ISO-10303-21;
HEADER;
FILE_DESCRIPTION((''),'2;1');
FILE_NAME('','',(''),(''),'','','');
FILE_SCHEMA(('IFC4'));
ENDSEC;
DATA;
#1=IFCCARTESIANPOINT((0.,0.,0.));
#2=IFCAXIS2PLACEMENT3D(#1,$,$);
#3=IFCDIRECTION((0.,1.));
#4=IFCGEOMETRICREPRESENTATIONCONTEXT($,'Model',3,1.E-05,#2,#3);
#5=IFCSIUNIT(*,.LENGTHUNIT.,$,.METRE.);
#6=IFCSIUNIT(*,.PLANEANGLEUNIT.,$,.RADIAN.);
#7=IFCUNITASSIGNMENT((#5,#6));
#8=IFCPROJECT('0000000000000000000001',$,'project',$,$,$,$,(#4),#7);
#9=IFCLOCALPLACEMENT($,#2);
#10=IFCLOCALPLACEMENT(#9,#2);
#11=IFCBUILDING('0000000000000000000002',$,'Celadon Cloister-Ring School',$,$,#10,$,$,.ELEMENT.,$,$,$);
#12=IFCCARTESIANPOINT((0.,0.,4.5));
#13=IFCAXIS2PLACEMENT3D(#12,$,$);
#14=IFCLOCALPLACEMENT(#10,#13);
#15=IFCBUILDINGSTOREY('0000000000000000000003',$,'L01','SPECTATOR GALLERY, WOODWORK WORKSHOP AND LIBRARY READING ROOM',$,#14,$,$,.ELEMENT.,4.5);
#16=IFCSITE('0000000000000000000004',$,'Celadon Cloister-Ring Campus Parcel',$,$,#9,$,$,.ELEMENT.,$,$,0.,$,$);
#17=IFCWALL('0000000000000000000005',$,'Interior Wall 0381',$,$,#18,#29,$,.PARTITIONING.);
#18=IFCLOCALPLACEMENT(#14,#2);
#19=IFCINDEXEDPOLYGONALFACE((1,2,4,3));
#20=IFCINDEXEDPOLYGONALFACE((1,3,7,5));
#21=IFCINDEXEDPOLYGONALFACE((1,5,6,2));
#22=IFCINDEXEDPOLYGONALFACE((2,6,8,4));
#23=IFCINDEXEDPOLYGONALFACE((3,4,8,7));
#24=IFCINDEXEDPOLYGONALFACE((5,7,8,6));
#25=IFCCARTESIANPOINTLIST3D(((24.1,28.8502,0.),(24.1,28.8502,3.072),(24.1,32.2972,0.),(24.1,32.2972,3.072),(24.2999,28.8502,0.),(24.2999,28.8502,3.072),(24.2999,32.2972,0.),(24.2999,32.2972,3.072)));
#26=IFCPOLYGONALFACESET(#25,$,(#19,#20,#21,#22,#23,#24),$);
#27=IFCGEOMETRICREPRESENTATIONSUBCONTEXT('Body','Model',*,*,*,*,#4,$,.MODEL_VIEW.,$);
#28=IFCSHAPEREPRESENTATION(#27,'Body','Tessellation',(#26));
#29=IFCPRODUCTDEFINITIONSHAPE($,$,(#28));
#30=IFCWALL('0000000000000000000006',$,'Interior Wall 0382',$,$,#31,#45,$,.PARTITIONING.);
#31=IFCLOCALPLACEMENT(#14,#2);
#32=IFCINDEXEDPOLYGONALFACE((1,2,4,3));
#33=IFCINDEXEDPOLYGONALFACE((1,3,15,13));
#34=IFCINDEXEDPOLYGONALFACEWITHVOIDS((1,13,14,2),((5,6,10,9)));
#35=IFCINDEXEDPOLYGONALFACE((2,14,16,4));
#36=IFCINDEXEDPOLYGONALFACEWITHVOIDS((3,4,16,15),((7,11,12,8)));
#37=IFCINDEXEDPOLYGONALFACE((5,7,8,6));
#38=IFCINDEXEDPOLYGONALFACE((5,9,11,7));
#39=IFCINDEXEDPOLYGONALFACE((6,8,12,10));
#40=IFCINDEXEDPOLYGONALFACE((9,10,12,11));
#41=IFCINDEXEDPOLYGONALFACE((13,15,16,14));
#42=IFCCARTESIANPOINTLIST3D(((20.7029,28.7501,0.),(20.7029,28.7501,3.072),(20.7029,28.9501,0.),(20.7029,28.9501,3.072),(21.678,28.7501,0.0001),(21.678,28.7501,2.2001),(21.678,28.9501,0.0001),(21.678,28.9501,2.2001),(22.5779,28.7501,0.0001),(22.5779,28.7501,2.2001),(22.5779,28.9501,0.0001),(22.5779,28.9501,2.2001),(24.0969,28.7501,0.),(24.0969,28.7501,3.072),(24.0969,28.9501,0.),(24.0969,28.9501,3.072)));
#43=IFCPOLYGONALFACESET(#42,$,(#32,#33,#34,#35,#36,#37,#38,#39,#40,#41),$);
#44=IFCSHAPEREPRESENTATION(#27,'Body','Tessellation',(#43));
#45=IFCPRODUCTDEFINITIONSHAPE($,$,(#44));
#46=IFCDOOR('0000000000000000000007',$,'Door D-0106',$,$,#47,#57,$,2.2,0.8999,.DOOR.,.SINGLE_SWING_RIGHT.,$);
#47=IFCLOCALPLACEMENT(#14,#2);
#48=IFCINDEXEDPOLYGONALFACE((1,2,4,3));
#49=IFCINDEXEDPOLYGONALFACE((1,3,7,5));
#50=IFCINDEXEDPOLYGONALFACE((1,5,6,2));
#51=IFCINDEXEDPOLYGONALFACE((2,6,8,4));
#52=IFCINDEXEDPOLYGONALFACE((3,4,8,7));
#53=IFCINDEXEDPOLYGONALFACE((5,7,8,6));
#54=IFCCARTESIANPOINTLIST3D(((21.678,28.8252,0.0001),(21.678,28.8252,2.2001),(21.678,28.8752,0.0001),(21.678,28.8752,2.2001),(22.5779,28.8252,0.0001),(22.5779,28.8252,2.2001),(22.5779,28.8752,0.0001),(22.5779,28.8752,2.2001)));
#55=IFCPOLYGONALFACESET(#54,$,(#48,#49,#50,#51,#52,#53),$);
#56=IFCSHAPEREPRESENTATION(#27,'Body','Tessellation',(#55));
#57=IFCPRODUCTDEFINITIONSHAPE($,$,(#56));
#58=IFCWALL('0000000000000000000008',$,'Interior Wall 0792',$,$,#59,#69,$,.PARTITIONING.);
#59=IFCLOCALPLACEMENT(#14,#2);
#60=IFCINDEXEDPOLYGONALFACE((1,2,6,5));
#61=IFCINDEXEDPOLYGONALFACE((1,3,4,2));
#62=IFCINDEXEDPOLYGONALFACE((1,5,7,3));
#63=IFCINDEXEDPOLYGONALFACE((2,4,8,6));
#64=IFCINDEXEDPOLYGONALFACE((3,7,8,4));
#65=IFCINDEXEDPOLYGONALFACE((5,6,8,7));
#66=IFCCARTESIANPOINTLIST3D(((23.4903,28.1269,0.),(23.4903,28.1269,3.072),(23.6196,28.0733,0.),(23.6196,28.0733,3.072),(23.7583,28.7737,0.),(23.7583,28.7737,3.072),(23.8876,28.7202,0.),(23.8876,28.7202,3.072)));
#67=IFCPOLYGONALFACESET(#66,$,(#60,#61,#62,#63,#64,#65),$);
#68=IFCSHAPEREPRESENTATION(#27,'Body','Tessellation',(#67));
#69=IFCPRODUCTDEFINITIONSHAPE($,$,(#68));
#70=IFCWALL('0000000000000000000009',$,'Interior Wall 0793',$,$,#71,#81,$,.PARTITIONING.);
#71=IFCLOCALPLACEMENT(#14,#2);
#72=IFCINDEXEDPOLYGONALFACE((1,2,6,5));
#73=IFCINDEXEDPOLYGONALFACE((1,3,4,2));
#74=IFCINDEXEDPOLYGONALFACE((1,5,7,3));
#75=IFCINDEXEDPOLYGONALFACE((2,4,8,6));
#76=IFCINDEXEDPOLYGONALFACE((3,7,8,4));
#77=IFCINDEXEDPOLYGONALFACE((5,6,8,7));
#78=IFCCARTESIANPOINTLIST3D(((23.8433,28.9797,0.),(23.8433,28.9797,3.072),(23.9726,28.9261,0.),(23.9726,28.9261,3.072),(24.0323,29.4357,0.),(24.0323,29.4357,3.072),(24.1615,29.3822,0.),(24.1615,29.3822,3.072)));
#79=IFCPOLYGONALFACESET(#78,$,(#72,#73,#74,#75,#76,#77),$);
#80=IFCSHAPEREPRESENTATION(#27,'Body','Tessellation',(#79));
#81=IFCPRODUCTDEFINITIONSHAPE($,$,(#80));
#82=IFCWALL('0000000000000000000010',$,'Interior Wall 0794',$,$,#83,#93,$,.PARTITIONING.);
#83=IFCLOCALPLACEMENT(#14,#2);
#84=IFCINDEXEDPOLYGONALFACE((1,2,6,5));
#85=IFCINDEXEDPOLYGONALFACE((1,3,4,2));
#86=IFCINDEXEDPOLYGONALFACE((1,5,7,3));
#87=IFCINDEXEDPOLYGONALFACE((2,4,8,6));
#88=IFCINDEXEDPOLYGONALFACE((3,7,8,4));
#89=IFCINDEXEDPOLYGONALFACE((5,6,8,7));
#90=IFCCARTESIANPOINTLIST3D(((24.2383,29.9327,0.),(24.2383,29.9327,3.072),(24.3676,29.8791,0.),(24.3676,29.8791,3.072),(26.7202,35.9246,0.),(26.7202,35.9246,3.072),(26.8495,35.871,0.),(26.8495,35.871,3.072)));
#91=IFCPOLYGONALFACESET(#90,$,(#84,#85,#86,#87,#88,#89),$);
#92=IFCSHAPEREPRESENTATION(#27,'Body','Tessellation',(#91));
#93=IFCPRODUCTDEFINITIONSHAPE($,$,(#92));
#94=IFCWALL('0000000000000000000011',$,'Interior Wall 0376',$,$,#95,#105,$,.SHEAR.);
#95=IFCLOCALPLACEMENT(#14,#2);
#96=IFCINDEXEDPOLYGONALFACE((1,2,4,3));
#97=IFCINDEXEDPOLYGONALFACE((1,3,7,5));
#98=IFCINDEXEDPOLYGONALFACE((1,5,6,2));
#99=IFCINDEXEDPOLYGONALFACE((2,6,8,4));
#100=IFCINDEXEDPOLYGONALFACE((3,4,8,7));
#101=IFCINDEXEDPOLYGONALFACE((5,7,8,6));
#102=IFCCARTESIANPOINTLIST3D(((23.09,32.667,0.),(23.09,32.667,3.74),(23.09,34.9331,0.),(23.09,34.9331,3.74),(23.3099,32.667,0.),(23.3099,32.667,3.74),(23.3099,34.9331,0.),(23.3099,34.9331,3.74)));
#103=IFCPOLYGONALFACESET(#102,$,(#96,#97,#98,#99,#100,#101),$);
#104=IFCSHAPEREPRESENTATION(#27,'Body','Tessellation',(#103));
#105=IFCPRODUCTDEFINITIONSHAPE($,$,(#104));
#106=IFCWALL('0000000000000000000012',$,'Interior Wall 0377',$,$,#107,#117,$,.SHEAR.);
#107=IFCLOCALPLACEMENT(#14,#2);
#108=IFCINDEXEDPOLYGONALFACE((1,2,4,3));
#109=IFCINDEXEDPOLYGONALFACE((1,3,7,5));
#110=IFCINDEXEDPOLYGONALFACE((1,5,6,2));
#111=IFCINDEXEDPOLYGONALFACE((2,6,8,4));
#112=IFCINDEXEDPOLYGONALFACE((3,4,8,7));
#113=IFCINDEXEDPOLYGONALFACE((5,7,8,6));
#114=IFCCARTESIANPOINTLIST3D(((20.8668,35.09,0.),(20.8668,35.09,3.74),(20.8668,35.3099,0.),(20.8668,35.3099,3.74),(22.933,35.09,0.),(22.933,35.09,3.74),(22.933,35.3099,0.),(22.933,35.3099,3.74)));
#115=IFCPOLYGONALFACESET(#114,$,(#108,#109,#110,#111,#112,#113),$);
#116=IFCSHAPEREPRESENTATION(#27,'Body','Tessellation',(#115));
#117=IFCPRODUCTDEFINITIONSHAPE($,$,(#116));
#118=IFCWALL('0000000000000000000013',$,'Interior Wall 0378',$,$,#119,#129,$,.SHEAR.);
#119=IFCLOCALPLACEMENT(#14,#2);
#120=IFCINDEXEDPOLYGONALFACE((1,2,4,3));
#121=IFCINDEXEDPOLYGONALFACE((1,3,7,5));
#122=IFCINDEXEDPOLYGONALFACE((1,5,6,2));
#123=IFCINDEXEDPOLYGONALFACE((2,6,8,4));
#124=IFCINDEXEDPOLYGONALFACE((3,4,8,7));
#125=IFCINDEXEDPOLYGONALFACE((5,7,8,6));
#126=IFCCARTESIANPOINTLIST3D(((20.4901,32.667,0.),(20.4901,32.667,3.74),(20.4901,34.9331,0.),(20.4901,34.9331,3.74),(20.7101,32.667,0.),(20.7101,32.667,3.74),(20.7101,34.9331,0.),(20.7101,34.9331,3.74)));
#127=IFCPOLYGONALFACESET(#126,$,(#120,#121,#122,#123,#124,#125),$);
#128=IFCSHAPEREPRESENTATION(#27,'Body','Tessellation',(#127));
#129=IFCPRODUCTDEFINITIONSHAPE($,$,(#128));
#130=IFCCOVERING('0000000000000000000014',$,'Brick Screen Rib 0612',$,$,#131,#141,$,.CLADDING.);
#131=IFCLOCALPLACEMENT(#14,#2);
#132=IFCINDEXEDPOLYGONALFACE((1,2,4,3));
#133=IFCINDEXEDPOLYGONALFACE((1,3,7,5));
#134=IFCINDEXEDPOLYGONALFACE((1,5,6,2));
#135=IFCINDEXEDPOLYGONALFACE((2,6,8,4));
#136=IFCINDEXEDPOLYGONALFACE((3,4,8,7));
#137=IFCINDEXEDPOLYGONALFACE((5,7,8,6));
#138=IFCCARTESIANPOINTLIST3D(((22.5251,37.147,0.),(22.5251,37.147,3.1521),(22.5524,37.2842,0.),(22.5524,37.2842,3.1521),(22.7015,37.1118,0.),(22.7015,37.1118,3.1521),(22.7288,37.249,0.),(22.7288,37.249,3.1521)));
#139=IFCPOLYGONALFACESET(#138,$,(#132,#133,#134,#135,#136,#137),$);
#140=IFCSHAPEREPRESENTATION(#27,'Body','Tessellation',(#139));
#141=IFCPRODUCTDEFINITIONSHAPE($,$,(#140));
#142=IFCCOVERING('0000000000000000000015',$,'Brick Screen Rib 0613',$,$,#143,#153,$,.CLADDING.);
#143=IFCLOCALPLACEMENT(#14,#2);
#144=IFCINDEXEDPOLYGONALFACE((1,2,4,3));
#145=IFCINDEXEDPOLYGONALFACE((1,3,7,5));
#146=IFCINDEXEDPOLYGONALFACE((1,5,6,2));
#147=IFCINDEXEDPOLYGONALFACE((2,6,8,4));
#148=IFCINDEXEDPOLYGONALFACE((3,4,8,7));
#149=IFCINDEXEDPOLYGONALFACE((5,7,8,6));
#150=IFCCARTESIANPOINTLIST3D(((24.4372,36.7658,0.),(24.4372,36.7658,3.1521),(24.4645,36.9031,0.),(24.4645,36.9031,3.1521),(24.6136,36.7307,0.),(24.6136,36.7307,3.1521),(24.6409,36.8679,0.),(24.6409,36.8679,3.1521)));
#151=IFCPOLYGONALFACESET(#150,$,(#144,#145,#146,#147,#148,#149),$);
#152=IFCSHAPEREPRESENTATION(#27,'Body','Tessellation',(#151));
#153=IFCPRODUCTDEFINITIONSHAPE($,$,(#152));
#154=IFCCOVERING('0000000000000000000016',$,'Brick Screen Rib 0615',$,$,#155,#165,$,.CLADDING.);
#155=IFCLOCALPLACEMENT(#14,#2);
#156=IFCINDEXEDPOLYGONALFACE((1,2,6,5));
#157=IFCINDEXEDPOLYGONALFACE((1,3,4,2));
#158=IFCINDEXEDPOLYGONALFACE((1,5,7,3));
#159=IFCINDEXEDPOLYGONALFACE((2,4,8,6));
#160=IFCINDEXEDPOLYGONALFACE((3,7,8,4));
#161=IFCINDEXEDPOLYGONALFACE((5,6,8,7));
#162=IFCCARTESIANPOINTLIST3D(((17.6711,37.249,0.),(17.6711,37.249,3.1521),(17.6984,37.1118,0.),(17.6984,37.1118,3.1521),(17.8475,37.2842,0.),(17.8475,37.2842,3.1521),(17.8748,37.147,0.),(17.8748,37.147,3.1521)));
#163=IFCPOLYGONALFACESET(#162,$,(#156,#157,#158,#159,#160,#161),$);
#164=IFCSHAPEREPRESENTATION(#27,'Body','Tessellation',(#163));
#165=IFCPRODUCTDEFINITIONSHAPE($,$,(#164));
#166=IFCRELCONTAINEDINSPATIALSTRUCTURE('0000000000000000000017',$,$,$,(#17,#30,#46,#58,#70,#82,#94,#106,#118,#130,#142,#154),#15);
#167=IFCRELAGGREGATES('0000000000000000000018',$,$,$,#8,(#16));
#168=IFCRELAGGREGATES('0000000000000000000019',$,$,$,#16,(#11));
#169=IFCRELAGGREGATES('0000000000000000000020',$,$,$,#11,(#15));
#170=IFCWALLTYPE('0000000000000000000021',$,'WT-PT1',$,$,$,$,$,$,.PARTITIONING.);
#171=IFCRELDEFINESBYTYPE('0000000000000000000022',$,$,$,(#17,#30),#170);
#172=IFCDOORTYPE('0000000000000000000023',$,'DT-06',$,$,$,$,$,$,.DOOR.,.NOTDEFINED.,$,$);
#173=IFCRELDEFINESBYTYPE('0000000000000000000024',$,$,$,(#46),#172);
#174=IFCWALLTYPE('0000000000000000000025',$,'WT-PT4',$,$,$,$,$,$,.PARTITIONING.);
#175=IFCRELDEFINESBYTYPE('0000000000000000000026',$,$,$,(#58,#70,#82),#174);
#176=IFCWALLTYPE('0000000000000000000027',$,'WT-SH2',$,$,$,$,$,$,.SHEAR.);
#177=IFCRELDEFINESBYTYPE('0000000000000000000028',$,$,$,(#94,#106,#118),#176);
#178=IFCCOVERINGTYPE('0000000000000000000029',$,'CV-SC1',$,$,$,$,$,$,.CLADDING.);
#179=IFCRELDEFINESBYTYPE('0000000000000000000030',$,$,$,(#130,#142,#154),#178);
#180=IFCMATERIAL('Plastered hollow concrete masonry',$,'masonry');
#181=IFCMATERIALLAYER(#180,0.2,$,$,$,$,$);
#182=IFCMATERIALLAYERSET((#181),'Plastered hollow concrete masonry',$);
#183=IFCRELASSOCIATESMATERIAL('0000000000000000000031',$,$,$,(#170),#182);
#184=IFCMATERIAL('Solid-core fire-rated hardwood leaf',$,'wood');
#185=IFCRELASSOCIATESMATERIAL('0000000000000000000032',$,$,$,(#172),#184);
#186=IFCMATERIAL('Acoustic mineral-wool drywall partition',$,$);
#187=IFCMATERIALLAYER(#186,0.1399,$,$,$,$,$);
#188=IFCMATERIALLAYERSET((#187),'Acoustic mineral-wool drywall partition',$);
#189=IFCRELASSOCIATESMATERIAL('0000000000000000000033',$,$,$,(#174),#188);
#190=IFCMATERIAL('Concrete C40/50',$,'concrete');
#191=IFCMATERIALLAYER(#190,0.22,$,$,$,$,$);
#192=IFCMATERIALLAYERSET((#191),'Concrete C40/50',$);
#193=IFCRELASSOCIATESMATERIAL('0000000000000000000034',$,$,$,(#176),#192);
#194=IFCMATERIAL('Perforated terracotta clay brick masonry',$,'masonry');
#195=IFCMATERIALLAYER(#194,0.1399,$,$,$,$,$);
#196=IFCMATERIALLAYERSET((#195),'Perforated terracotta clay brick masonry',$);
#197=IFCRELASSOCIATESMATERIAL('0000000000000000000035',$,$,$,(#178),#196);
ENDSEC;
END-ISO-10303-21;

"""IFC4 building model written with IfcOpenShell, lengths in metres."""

from ifc_helpers import new_model, si_unit, direction, frame, frame_2d, origin, origin_2d, place, context, subcontext, project, spatial, rectangle, extrude, material, layer, layer_set, type_object, element, fill, save


model = new_model("IFC4")

# Units and contexts
model_context = context("Model", 3, precision=1e-05, world=origin(), true_north=direction((0.0, 1.0)))
body_context = subcontext(model_context, "Body", "Model", "MODEL_VIEW")
ifc_project = project(units=[si_unit("LENGTHUNIT", "METRE"), si_unit("PLANEANGLEUNIT", "RADIAN")], contexts=[model_context])

# Site, building, storey
site_placement = place(None, origin())
site = spatial("IfcSite", under=ifc_project, at=site_placement, Name="Celadon Cloister-Ring Campus Parcel", CompositionType="ELEMENT", RefElevation=0.0)
building_placement = place(site_placement, origin())
building = spatial("IfcBuilding", under=site, at=building_placement, Name="Celadon Cloister-Ring School", CompositionType="ELEMENT")
storey_placement = place(building_placement, frame((0.0, 0.0, 4.5)))
storey = spatial("IfcBuildingStorey", under=building, at=storey_placement, Name="L01", Description="SPECTATOR GALLERY, WOODWORK WORKSHOP AND LIBRARY READING ROOM", CompositionType="ELEMENT", Elevation=4.5)

# Wall
ifc_material_1 = material(Name="Plastered hollow concrete masonry", Category="masonry")
ifc_layer_1 = layer(ifc_material_1, 0.2)
ifc_layer_set_1 = layer_set([ifc_layer_1], Name="Plastered hollow concrete masonry")
wall_type_1 = type_object("IfcWallType", Name="WT-PT1", PredefinedType="PARTITIONING", material=ifc_layer_set_1)
wall_1_placement = place(storey_placement, frame((24.2, 28.8501, 0.0), z_axis=(0.0, 0.0, 1.0), x_axis=(0.0, 1.0, 0.0)))
element("IfcWall", 1, at=wall_1_placement, inside=storey, type_object=wall_type_1, Name="Interior Wall 0381", PredefinedType="PARTITIONING", context=body_context, shape_type="SweptSolid", body=[
    extrude(rectangle(XDim=3.447, YDim=0.2, at=frame_2d((1.7236, 0.0))), origin(), (0.0, 0.0, 1.0), 3.072),
])

# Wall, opening, door
wall_2_placement = place(storey_placement, frame((24.0969, 28.8501, 0.0), z_axis=(0.0, 0.0, 1.0), x_axis=(-1.0, 0.0, 0.0)))
wall_2 = element("IfcWall", 2, at=wall_2_placement, inside=storey, type_object=wall_type_1, Name="Interior Wall 0382", PredefinedType="PARTITIONING", context=body_context, shape_type="SweptSolid", body=[
    extrude(rectangle(XDim=3.394, YDim=0.2, at=frame_2d((1.697, 0.0))), origin(), (0.0, 0.0, 1.0), 3.072),
])
opening_1_placement = place(wall_2_placement, frame((1.519, 0.0, 0.0)))
opening_1 = element("IfcOpeningElement", 3, at=opening_1_placement, cuts=wall_2, PredefinedType="OPENING", context=body_context, shape_type="SweptSolid", body=[
    extrude(rectangle(XDim=0.8999, YDim=2.2, at=frame_2d((0.45, 1.1001))), frame((0.0, 0.1099, 0.0), z_axis=(0.0, -1.0, 0.0), x_axis=(1.0, 0.0, 0.0)), (0.0, 0.0, 1.0), 0.22),
])
ifc_material_2 = material(Name="Solid-core fire-rated hardwood leaf", Category="wood")
door_type_1 = type_object("IfcDoorType", Name="DT-06", OperationType="NOTDEFINED", PredefinedType="DOOR", material=ifc_material_2)
door_1_placement = place(opening_1_placement, origin())
door_1 = element("IfcDoor", 4, at=door_1_placement, inside=storey, type_object=door_type_1, Name="Door D-0106", OperationType="SINGLE_SWING_RIGHT", OverallHeight=2.2, OverallWidth=0.8999, PredefinedType="DOOR", context=body_context, shape_type="SweptSolid", body=[
    extrude(rectangle(XDim=0.8999, YDim=2.2, at=frame_2d((0.45, 1.1001))), frame((0.0, 0.0249, 0.0), z_axis=(0.0, -1.0, 0.0), x_axis=(1.0, 0.0, 0.0)), (0.0, 0.0, 1.0), 0.05),
])
fill(opening_1, door_1)

# Walls
ifc_material_3 = material(Name="Acoustic mineral-wool drywall partition")
ifc_layer_2 = layer(ifc_material_3, 0.1399)
ifc_layer_set_2 = layer_set([ifc_layer_2], Name="Acoustic mineral-wool drywall partition")
wall_type_2 = type_object("IfcWallType", Name="WT-PT4", PredefinedType="PARTITIONING", material=ifc_layer_set_2)
wall_3_placement = place(storey_placement, frame((23.5549, 28.1001, 0.0), z_axis=(0.0, 0.0, 1.0), x_axis=(0.382783, 0.923838, 0.0)))
element("IfcWall", 5, at=wall_3_placement, inside=storey, type_object=wall_type_2, Name="Interior Wall 0792", PredefinedType="PARTITIONING", context=body_context, shape_type="SweptSolid", body=[
    extrude(rectangle(XDim=0.7002, YDim=0.1399, at=frame_2d((0.3501, 0.0))), origin(), (0.0, 0.0, 1.0), 3.072),
])
wall_4_placement = place(storey_placement, frame((23.908, 28.9529, 0.0), z_axis=(0.0, 0.0, 1.0), x_axis=(0.382789, 0.923836, 0.0)))
element("IfcWall", 6, at=wall_4_placement, inside=storey, type_object=wall_type_2, Name="Interior Wall 0793", PredefinedType="PARTITIONING", context=body_context, shape_type="SweptSolid", body=[
    extrude(rectangle(XDim=0.4937, YDim=0.1399, at=frame_2d((0.2468, 0.0))), origin(), (0.0, 0.0, 1.0), 3.072),
])
wall_5_placement = place(storey_placement, frame((24.303, 29.906, 0.0), z_axis=(0.0, 0.0, 1.0), x_axis=(0.382682, 0.92388, 0.0)))
element("IfcWall", 7, at=wall_5_placement, inside=storey, type_object=wall_type_2, Name="Interior Wall 0794", PredefinedType="PARTITIONING", context=body_context, shape_type="SweptSolid", body=[
    extrude(rectangle(XDim=6.4856, YDim=0.1399, at=frame_2d((3.2427, 0.0))), origin(), (0.0, 0.0, 1.0), 3.072),
])

# Shared definitions
ifc_material_4 = material(Name="Concrete C40/50", Category="concrete")
ifc_layer_3 = layer(ifc_material_4, 0.22)
ifc_layer_set_3 = layer_set([ifc_layer_3], Name="Concrete C40/50")
wall_type_3 = type_object("IfcWallType", Name="WT-SH2", PredefinedType="SHEAR", material=ifc_layer_set_3)

# Walls
wall_6_placement = place(storey_placement, frame((23.2, 32.667, 0.0), z_axis=(0.0, 0.0, 1.0), x_axis=(0.0, 1.0, 0.0)))
element("IfcWall", 8, at=wall_6_placement, inside=storey, type_object=wall_type_3, Name="Interior Wall 0376", PredefinedType="SHEAR", context=body_context, shape_type="SweptSolid", body=[
    extrude(rectangle(XDim=2.2661, YDim=0.22, at=frame_2d((1.1331, 0.0))), origin(), (0.0, 0.0, 1.0), 3.74),
])
wall_7_placement = place(storey_placement, frame((22.9331, 35.2, 0.0), z_axis=(0.0, 0.0, 1.0), x_axis=(-1.0, 0.0, 0.0)))
element("IfcWall", 9, at=wall_7_placement, inside=storey, type_object=wall_type_3, Name="Interior Wall 0377", PredefinedType="SHEAR", context=body_context, shape_type="SweptSolid", body=[
    extrude(rectangle(XDim=2.0662, YDim=0.22, at=frame_2d((1.0332, 0.0))), origin(), (0.0, 0.0, 1.0), 3.74),
])
wall_8_placement = place(storey_placement, frame((20.6001, 34.9331, 0.0), z_axis=(0.0, 0.0, 1.0), x_axis=(0.0, -1.0, 0.0)))
element("IfcWall", 10, at=wall_8_placement, inside=storey, type_object=wall_type_3, Name="Interior Wall 0378", PredefinedType="SHEAR", context=body_context, shape_type="SweptSolid", body=[
    extrude(rectangle(XDim=2.2661, YDim=0.22, at=frame_2d((1.1331, 0.0))), origin(), (0.0, 0.0, 1.0), 3.74),
])

# Coverings
ifc_material_5 = material(Name="Perforated terracotta clay brick masonry", Category="masonry")
ifc_layer_4 = layer(ifc_material_5, 0.1399)
ifc_layer_set_4 = layer_set([ifc_layer_4], Name="Perforated terracotta clay brick masonry")
covering_type = type_object("IfcCoveringType", Name="CV-SC1", PredefinedType="CLADDING", material=ifc_layer_set_4)
for number, where, z_axis, x_axis, name in (
    (11, (22.627, 37.198, 0.0), (0.0, 0.0, 1.0), (0.980775, -0.195142, 0.0), "Brick Screen Rib 0612"),
    (12, (24.5391, 36.8169, 0.0), (0.0, 0.0, 1.0), (0.980775, -0.195142, 0.0), "Brick Screen Rib 0613"),
    (13, (17.7729, 37.198, 0.0), (0.0, 0.0, 1.0), (0.980775, 0.195142, 0.0), "Brick Screen Rib 0615"),
):
    element("IfcCovering", number, at=place(storey_placement, frame(where, z_axis=z_axis, x_axis=x_axis)), inside=storey, type_object=covering_type, Name=name, PredefinedType="CLADDING", context=body_context, shape_type="SweptSolid", body=[
        extrude(rectangle(XDim=0.1799, YDim=0.1399, at=origin_2d()), origin(), (0.0, 0.0, 1.0), 3.1521),
    ])

save(model, "model.ifc")
